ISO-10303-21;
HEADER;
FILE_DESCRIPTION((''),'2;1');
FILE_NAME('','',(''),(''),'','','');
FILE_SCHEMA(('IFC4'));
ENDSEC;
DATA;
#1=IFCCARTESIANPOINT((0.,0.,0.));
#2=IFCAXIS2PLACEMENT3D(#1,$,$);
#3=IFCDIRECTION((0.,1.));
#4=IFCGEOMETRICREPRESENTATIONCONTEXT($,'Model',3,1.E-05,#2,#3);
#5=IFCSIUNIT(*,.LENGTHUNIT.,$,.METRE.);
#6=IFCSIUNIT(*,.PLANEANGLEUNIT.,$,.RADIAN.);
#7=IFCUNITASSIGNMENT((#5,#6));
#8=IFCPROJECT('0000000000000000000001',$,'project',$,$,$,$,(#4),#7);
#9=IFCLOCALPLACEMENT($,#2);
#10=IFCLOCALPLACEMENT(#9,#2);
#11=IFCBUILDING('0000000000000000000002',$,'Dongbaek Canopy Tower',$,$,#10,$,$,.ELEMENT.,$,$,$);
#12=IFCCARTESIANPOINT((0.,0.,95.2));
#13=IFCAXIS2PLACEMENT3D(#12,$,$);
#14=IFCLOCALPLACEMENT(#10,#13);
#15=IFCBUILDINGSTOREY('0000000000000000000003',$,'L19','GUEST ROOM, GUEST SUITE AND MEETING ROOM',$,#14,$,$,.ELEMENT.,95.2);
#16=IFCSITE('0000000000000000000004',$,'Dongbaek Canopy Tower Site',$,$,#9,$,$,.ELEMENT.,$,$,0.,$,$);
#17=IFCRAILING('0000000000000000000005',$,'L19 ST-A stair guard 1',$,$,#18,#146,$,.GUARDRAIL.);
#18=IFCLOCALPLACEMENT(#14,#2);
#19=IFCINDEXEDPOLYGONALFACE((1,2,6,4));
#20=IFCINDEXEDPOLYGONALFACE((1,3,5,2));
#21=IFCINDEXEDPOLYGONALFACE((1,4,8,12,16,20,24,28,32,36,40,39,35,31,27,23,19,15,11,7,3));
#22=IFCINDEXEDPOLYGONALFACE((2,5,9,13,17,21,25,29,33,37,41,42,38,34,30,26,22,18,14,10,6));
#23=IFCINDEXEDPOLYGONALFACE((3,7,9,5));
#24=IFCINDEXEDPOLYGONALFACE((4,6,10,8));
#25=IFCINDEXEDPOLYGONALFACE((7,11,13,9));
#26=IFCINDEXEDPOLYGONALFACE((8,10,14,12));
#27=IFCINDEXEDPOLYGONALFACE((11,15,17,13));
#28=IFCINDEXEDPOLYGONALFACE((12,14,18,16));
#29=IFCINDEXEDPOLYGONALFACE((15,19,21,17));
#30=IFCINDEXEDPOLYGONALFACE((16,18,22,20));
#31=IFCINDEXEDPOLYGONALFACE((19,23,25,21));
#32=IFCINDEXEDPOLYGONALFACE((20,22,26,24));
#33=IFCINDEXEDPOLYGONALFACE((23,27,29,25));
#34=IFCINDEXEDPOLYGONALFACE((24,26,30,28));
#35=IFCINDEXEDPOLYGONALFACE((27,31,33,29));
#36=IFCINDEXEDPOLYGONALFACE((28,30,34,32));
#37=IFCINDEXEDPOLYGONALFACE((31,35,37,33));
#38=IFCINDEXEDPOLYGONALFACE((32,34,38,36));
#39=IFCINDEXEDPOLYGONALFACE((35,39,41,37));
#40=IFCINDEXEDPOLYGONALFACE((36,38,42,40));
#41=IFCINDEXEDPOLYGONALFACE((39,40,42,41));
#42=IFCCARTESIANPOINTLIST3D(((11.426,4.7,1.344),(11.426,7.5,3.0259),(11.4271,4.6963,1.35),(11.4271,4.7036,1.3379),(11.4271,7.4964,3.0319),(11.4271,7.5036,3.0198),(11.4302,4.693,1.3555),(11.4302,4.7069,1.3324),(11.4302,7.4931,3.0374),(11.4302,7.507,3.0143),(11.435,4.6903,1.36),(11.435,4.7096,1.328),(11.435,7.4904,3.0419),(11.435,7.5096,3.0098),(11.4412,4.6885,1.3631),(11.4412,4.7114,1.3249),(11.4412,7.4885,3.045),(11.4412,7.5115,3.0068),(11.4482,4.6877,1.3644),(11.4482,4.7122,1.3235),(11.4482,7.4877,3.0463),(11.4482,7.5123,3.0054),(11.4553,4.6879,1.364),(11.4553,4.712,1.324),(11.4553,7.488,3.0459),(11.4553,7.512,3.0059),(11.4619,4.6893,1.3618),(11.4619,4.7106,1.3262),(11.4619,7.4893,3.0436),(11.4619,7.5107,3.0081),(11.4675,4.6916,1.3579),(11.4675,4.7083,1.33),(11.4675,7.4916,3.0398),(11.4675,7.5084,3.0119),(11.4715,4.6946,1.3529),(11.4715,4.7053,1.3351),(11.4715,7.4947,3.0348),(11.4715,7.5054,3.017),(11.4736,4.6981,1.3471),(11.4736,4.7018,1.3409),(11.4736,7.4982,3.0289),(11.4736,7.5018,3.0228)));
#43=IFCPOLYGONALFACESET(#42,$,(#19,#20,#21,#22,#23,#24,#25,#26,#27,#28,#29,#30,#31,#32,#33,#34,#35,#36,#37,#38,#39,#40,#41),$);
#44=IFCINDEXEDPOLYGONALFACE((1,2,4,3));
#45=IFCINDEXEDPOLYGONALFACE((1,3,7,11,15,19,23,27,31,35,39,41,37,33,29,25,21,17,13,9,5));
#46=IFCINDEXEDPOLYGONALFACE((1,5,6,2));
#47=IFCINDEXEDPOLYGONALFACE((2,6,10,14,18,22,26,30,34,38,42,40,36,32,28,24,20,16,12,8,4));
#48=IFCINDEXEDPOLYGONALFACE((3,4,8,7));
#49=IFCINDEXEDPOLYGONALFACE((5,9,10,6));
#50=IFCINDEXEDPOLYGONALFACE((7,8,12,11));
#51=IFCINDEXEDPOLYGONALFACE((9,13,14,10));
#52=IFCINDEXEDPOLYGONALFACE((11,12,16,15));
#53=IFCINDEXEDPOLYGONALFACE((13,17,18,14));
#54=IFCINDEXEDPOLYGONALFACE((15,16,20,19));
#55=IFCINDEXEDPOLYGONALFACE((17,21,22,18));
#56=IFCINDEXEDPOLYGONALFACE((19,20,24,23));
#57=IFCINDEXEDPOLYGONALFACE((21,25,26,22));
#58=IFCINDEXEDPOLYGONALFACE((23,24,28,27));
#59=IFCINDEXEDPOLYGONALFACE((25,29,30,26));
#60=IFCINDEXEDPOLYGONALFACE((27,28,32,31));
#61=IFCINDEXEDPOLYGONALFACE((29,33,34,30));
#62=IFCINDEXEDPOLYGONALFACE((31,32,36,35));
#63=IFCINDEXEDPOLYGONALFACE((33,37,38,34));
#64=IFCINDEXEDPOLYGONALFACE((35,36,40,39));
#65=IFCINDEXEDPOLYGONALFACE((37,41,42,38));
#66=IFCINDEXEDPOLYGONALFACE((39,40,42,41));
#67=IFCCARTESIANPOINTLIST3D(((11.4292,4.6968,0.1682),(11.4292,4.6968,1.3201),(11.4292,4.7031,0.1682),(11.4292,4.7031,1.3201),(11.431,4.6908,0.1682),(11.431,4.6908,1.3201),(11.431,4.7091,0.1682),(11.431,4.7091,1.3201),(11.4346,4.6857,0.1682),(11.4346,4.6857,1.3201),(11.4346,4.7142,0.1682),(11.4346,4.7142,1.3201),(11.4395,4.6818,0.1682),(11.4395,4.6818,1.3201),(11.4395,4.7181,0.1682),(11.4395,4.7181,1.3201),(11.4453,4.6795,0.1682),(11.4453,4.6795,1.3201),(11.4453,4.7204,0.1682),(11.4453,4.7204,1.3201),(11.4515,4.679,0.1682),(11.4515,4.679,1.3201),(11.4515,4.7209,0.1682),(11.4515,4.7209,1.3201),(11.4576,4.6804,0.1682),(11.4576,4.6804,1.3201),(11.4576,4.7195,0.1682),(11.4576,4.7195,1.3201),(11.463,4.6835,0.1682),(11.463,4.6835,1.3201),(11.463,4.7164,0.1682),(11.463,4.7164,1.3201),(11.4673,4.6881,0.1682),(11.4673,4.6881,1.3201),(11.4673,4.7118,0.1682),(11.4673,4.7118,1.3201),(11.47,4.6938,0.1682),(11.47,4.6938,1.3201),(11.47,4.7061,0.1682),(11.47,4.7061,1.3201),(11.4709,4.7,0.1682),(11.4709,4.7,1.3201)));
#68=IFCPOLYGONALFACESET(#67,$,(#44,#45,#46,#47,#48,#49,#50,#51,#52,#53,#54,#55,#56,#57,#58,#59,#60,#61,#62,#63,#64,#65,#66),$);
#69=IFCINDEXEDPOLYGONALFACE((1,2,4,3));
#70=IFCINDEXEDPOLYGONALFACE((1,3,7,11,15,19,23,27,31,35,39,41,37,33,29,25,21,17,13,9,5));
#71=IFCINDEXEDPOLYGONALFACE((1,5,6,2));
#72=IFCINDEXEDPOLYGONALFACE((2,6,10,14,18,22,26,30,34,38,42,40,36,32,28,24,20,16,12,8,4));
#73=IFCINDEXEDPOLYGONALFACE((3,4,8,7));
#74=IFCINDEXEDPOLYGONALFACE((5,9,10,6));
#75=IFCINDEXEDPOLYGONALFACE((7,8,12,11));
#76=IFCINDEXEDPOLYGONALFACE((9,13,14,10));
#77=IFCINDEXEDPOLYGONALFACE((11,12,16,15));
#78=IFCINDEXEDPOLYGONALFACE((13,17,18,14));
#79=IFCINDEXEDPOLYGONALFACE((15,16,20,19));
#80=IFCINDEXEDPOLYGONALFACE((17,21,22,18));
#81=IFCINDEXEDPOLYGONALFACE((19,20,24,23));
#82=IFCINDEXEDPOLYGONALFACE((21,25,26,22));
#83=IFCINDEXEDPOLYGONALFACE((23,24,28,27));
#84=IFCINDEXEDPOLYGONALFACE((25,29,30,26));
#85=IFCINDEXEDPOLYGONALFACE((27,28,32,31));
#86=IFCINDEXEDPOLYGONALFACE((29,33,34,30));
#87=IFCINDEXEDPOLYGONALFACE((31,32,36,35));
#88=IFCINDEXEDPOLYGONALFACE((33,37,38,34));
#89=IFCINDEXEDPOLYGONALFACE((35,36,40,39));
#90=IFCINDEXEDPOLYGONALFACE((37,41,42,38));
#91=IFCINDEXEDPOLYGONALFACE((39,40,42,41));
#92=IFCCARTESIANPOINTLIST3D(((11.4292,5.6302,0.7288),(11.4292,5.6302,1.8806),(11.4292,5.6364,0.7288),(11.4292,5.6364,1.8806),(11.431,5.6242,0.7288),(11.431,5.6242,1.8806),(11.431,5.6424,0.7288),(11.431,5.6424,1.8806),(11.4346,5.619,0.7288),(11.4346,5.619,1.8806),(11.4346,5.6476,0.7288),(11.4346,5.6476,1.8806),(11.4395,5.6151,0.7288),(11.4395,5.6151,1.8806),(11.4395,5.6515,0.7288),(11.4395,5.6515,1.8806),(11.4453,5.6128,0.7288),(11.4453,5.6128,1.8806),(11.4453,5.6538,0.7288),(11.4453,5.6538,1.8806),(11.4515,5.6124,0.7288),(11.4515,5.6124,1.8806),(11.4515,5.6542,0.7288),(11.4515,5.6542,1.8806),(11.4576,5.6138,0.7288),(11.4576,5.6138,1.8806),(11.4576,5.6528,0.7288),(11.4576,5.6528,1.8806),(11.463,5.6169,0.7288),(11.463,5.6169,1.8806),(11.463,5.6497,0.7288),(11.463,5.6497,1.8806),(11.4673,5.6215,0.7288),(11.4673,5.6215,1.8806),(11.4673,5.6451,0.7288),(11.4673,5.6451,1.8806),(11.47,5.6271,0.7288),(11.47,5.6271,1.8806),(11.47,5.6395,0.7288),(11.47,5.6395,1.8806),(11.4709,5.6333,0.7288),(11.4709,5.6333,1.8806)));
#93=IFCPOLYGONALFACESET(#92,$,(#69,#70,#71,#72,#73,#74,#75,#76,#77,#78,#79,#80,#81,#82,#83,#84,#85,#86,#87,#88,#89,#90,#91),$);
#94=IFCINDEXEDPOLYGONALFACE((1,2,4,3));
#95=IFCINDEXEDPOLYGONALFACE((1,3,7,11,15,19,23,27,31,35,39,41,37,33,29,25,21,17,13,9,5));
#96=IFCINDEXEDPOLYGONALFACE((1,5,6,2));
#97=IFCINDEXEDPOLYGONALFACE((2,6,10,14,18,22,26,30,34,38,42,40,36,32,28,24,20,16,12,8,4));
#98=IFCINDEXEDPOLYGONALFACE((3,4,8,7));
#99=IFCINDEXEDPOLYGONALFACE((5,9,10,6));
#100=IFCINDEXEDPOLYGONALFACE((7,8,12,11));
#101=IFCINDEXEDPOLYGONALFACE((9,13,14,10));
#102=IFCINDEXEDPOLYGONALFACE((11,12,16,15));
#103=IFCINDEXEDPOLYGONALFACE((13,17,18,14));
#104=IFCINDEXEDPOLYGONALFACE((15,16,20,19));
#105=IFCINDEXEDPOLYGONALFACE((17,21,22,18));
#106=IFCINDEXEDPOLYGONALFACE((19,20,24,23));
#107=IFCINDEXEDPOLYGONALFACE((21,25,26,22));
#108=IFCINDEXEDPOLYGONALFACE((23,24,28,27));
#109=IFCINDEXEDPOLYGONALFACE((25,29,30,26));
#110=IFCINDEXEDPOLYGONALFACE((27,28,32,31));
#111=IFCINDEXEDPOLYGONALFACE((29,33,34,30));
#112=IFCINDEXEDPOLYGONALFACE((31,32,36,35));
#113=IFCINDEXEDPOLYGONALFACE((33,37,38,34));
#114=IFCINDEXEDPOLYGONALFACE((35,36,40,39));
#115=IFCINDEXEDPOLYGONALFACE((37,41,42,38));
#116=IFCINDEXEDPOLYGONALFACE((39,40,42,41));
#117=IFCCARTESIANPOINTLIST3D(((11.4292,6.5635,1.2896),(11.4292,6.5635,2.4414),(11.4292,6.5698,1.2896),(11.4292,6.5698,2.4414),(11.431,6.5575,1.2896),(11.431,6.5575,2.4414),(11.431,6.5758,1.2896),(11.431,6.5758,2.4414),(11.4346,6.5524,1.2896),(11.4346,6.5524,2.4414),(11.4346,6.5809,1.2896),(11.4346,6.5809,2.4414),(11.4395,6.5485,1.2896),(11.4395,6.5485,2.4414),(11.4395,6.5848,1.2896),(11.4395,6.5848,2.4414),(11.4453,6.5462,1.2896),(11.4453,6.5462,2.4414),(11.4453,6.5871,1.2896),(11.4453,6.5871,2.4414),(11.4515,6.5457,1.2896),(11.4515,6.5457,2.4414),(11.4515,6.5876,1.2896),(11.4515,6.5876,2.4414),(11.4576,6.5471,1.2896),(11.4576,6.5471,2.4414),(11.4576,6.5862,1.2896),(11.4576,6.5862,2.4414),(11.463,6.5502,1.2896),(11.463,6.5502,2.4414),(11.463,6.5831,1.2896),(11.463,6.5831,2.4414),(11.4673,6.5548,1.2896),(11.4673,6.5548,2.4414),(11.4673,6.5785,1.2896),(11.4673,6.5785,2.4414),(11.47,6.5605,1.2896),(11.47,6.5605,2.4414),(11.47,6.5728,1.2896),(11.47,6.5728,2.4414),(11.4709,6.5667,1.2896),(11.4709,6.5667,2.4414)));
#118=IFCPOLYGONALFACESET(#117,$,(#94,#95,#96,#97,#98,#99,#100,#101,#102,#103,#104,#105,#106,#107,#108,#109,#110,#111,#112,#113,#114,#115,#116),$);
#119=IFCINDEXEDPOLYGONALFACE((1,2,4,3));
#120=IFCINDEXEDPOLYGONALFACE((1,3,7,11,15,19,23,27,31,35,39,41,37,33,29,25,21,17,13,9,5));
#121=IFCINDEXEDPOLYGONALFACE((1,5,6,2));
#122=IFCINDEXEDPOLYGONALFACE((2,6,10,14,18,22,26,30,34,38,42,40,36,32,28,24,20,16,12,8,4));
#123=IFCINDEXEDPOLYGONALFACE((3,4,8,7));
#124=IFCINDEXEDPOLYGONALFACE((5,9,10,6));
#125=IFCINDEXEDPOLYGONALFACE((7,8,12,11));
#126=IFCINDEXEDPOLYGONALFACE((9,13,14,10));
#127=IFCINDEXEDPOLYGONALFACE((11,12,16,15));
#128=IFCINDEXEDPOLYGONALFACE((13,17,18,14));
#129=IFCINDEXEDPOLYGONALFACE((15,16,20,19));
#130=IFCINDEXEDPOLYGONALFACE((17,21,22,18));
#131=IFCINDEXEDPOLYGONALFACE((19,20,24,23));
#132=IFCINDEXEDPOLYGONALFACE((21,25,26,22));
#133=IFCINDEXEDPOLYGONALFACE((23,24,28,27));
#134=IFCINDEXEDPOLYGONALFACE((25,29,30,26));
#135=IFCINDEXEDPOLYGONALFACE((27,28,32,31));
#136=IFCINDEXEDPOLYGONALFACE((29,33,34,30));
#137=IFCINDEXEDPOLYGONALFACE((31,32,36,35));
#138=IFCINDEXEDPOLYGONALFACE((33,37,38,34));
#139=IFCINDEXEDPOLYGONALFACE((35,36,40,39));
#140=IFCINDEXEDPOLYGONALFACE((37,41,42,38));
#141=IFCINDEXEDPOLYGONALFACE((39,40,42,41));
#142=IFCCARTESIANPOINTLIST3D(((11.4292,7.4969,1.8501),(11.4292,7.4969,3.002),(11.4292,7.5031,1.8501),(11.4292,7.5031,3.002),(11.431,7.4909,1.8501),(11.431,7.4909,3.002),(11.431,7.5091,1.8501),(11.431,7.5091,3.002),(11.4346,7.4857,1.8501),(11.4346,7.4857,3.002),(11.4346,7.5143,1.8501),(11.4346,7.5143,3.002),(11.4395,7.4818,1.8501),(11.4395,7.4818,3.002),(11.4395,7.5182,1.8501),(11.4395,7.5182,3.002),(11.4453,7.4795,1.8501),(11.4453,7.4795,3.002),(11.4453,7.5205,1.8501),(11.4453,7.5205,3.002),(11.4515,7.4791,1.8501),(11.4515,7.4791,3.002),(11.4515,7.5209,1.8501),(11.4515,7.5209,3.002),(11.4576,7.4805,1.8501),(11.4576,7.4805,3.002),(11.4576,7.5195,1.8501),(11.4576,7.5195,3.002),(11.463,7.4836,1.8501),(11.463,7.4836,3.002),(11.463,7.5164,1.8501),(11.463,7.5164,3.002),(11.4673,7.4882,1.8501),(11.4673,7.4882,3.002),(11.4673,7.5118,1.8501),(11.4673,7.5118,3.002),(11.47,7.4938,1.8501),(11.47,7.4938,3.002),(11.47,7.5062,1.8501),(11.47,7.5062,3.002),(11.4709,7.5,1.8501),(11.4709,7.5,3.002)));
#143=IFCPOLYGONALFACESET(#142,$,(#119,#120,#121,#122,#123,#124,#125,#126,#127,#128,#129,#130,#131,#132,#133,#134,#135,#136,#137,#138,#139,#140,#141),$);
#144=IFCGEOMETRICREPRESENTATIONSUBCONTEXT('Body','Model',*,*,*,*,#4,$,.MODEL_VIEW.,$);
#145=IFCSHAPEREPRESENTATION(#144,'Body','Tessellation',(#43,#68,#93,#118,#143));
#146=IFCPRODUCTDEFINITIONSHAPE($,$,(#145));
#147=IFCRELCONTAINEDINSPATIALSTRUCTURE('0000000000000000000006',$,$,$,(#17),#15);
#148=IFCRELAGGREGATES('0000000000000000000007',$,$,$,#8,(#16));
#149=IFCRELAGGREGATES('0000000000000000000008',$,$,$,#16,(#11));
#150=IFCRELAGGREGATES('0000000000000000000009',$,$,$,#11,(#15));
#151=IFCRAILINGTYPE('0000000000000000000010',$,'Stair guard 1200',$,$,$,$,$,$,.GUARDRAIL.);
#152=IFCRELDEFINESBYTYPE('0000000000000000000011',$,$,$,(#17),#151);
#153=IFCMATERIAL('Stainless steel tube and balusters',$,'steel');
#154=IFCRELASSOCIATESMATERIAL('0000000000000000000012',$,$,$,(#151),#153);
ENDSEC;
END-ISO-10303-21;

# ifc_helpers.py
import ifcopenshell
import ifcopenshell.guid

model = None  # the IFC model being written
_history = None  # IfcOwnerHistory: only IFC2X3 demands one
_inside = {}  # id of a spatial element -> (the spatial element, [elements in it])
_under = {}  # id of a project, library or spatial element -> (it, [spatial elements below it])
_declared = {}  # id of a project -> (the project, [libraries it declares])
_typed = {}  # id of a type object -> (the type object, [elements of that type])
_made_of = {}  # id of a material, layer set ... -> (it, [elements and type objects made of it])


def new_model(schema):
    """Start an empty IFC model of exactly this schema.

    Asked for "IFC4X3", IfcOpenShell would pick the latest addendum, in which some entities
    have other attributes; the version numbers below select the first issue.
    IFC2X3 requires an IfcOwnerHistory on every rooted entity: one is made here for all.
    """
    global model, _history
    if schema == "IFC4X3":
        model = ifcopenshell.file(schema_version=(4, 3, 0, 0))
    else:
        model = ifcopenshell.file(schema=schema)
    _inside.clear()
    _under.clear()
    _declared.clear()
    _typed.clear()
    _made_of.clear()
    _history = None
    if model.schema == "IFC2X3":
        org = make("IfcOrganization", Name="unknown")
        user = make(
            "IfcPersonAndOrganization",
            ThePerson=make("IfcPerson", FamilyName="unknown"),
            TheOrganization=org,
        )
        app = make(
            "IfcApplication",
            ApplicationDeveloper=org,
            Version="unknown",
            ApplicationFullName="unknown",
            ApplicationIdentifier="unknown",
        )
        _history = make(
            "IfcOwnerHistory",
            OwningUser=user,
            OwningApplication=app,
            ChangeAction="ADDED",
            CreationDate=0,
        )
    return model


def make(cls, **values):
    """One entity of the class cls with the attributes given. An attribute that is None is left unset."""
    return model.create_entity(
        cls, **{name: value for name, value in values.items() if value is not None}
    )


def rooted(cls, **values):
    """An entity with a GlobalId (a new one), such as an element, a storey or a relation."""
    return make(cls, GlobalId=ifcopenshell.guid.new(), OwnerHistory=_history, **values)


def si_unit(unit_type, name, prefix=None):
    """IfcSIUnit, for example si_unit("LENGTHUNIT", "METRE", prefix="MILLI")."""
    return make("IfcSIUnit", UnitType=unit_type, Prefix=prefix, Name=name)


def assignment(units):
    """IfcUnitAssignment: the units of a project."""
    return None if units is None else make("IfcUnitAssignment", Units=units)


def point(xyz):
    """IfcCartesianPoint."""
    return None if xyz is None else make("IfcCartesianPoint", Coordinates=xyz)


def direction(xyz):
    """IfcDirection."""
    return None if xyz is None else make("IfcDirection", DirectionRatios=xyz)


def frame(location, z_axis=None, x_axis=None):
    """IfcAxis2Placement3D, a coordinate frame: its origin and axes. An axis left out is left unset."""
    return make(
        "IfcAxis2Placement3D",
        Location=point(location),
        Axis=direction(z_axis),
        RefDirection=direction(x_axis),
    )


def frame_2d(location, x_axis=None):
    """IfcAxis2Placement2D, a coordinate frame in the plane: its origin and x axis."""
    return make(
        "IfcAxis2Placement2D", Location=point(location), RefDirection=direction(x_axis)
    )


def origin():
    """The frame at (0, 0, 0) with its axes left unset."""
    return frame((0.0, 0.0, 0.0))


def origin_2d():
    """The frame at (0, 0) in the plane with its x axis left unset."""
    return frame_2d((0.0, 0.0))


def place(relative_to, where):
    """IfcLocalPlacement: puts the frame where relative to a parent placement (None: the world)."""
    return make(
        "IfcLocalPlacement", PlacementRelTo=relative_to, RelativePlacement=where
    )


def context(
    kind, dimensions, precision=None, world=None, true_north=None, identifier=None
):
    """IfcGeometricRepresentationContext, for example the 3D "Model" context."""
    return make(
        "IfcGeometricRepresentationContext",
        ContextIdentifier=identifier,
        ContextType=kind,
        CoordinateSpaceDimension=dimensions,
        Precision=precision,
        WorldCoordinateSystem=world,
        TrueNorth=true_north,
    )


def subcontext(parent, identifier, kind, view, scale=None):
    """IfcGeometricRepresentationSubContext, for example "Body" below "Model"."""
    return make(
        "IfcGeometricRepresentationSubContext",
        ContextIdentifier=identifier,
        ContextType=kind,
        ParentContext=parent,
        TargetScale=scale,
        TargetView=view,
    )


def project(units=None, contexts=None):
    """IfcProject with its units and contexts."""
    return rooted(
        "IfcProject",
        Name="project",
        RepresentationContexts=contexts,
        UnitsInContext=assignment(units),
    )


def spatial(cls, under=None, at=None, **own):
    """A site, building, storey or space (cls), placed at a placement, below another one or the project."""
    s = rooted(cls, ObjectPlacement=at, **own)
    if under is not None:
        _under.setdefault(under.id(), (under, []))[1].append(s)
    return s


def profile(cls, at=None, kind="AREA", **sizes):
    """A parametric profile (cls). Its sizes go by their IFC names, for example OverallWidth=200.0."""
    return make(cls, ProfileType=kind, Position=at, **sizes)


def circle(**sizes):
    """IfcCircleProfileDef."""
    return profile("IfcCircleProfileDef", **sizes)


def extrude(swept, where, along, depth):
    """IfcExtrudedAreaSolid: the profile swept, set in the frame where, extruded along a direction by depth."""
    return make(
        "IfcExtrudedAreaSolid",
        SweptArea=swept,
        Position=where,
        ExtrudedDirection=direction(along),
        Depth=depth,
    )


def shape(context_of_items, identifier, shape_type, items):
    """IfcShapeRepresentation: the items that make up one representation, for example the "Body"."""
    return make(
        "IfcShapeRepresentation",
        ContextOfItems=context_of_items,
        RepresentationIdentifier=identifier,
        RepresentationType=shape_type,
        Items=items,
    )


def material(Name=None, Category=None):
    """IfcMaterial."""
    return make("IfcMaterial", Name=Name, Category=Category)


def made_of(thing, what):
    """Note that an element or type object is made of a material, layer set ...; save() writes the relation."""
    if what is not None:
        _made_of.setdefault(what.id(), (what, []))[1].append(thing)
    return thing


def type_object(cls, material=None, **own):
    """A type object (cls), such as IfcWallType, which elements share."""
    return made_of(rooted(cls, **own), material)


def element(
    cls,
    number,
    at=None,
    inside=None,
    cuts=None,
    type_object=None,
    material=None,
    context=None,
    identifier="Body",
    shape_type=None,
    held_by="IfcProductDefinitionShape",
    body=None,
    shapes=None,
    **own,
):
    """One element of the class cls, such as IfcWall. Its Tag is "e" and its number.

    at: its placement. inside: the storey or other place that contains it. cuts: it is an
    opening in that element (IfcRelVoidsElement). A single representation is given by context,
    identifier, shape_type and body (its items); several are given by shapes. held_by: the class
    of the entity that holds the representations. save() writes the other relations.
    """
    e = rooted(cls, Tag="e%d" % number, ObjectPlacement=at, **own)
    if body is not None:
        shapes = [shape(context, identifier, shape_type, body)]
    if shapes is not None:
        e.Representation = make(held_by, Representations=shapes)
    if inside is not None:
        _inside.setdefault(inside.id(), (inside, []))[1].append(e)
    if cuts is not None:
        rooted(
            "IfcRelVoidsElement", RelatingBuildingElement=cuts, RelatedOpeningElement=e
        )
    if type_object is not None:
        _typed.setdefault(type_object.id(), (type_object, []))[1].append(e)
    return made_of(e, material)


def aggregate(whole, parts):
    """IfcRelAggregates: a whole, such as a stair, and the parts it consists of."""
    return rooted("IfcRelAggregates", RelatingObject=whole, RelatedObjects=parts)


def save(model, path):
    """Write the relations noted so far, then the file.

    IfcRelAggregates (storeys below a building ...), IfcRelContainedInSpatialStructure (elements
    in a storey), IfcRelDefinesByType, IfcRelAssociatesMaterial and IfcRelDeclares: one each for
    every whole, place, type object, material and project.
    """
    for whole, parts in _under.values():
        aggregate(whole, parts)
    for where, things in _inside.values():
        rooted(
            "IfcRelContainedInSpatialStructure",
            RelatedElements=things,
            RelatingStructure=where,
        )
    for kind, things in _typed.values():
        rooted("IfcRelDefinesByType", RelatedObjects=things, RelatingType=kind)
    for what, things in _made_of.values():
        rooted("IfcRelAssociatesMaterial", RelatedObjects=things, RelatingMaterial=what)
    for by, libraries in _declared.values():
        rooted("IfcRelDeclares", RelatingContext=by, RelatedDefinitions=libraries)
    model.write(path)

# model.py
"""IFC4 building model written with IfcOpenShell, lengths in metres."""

from ifc_helpers import new_model, si_unit, direction, frame, origin, origin_2d, place, context, subcontext, project, spatial, circle, extrude, material, type_object, element, save


model = new_model("IFC4")

# Units and contexts
model_context = context("Model", 3, precision=1e-05, world=origin(), true_north=direction((0.0, 1.0)))
body_context = subcontext(model_context, "Body", "Model", "MODEL_VIEW")
ifc_project = project(units=[si_unit("LENGTHUNIT", "METRE"), si_unit("PLANEANGLEUNIT", "RADIAN")], contexts=[model_context])

# Site, building, storey
site_placement = place(None, origin())
site = spatial("IfcSite", under=ifc_project, at=site_placement, Name="Dongbaek Canopy Tower Site", CompositionType="ELEMENT", RefElevation=0.0)
building_placement = place(site_placement, origin())
building = spatial("IfcBuilding", under=site, at=building_placement, Name="Dongbaek Canopy Tower", CompositionType="ELEMENT")
storey_placement = place(building_placement, frame((0.0, 0.0, 95.2)))
storey = spatial("IfcBuildingStorey", under=building, at=storey_placement, Name="L19", Description="GUEST ROOM, GUEST SUITE AND MEETING ROOM", CompositionType="ELEMENT", Elevation=95.2)

# Railing
ifc_material_1 = material(Name="Stainless steel tube and balusters", Category="steel")
railing_type_1 = type_object("IfcRailingType", Name="Stair guard 1200", PredefinedType="GUARDRAIL", material=ifc_material_1)
railing_1_placement = place(storey_placement, frame((11.45, 4.7, 0.1682)))
element("IfcRailing", 1, at=railing_1_placement, inside=storey, type_object=railing_type_1, Name="L19 ST-A stair guard 1", PredefinedType="GUARDRAIL", context=body_context, shape_type="SweptSolid", body=[
    extrude(circle(Radius=0.0239, at=origin_2d()), frame((0.0, 0.0, 1.1758), z_axis=(0.0, 0.857242, 0.514913), x_axis=(-1.0, 0.0, 0.0)), (0.0, 0.0, 1.0), 3.2664),
    extrude(circle(Radius=0.021, at=origin_2d()), origin(), (0.0, 0.0, 1.0), 1.1519),
    extrude(circle(Radius=0.021, at=origin_2d()), frame((0.0, 0.9333, 0.5605)), (0.0, 0.0, 1.0), 1.1519),
    extrude(circle(Radius=0.021, at=origin_2d()), frame((0.0, 1.8667, 1.1213)), (0.0, 0.0, 1.0), 1.1519),
    extrude(circle(Radius=0.021, at=origin_2d()), frame((0.0, 2.8, 1.6819)), (0.0, 0.0, 1.0), 1.1519),
])

save(model, "model.ifc")
